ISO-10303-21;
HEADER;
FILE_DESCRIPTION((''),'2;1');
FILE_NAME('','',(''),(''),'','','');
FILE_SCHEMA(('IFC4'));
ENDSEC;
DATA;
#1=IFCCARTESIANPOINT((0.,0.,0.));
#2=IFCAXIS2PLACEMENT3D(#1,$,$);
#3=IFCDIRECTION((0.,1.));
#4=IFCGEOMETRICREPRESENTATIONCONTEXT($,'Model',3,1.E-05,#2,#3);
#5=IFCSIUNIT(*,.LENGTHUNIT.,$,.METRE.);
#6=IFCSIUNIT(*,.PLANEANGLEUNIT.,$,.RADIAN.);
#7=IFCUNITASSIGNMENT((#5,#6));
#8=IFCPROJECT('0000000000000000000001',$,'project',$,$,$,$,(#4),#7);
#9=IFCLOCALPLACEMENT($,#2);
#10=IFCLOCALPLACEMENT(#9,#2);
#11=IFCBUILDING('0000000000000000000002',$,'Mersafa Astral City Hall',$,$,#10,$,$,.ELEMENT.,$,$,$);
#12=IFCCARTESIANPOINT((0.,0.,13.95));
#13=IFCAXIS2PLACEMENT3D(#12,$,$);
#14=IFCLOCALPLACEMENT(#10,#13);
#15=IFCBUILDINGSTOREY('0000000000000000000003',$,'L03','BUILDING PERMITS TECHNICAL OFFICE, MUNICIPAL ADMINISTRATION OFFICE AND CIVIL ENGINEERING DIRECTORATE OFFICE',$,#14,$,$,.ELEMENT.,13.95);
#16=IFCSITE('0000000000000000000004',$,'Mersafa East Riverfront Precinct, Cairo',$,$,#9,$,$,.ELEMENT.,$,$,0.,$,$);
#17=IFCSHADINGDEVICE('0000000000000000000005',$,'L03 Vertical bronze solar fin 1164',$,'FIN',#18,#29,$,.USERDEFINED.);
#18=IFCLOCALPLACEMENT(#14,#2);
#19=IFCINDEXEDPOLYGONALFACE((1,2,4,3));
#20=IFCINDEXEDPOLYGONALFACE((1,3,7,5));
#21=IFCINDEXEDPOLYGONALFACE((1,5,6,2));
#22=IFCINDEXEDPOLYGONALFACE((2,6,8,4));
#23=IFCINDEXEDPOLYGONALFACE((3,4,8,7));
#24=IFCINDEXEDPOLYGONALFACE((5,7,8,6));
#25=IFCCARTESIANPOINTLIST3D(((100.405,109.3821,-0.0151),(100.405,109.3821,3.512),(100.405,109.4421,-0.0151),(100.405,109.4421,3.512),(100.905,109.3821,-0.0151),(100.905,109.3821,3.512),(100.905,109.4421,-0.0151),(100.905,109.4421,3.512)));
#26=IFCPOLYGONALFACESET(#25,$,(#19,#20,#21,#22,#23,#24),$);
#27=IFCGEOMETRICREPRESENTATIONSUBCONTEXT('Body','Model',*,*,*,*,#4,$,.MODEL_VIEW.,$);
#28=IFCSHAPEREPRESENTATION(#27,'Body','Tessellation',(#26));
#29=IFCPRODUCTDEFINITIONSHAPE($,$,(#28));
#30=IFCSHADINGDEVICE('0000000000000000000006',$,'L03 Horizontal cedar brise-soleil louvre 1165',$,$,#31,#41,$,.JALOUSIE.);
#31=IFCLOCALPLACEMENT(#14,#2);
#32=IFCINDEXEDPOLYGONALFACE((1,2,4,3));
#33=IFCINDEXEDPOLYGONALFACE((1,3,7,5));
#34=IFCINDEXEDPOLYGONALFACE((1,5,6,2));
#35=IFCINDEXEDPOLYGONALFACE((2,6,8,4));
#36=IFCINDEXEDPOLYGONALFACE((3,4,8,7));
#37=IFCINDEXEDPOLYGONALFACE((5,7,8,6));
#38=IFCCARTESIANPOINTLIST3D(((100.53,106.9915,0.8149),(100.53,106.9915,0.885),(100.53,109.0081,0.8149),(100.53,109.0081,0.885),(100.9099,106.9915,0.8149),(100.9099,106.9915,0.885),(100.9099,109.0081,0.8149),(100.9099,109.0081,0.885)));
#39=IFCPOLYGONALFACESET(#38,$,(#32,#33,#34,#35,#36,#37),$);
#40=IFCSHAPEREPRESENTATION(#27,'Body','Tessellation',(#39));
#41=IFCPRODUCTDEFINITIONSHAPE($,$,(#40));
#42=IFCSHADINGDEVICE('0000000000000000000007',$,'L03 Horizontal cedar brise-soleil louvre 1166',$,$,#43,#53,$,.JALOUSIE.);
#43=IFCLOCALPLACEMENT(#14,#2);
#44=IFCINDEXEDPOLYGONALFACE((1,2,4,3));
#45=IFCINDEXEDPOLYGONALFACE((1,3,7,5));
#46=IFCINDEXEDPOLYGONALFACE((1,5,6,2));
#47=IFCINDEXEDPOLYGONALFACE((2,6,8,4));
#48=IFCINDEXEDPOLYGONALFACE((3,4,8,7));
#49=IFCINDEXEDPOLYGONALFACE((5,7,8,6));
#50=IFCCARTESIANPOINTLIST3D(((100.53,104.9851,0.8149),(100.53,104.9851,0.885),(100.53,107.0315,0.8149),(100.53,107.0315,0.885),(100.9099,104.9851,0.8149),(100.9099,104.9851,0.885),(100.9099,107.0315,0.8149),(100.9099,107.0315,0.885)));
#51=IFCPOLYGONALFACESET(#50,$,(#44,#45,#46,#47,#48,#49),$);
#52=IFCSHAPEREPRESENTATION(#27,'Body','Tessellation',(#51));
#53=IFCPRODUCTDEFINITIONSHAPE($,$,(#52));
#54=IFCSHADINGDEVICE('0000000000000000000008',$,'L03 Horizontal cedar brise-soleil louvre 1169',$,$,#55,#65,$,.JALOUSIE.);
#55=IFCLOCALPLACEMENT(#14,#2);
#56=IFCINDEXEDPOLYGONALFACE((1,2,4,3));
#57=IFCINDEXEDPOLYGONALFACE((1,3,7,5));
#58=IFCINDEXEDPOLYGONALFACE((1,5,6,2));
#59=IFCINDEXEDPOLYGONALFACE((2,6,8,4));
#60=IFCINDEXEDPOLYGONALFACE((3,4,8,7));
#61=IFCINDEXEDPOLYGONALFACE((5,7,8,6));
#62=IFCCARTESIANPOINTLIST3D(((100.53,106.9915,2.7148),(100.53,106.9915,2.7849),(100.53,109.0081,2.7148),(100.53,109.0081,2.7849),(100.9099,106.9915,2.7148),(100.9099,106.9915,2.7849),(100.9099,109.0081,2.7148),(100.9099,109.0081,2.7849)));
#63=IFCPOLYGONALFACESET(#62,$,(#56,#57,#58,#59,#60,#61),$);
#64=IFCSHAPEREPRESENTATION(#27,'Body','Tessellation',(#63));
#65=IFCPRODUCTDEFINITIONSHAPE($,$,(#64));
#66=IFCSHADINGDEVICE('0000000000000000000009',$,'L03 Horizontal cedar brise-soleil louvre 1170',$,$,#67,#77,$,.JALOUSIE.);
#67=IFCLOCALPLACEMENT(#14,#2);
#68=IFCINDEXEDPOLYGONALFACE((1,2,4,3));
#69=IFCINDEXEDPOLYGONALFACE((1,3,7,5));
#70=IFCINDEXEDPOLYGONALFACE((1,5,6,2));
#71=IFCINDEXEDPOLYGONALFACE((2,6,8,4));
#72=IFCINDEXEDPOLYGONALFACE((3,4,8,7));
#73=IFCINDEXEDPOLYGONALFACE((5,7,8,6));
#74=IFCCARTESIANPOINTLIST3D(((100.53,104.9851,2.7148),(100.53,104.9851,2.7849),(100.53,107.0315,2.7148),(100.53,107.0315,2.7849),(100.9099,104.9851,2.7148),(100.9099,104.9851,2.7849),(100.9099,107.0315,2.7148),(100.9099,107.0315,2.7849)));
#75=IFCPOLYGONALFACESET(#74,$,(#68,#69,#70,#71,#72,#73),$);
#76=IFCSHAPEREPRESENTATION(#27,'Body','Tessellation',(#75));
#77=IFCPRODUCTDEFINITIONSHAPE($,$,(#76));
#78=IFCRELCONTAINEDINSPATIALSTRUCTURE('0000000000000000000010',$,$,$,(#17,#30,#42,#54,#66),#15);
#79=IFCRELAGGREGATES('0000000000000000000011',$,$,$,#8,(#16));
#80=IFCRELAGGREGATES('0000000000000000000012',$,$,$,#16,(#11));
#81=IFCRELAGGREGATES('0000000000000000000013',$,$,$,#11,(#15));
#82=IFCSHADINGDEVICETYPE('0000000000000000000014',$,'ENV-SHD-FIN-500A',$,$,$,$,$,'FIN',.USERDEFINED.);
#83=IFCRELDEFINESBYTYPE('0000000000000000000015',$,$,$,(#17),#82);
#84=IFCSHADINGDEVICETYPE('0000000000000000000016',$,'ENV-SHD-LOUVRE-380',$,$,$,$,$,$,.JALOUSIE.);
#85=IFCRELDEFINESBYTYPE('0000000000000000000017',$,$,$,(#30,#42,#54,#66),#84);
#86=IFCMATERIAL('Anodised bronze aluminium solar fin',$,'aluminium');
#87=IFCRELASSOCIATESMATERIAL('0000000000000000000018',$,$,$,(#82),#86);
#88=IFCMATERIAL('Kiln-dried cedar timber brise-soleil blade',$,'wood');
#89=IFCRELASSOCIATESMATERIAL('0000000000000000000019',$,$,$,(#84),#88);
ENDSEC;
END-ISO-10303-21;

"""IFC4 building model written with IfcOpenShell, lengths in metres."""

from ifc_helpers import new_model, si_unit, direction, frame, origin, origin_2d, place, context, subcontext, project, spatial, rectangle, extrude, material, type_object, element, save


model = new_model("IFC4")

# Units and contexts
model_context = context("Model", 3, precision=1e-05, world=origin(), true_north=direction((0.0, 1.0)))
body_context = subcontext(model_context, "Body", "Model", "MODEL_VIEW")
ifc_project = project(units=[si_unit("LENGTHUNIT", "METRE"), si_unit("PLANEANGLEUNIT", "RADIAN")], contexts=[model_context])

# Site, building, storey
site_placement = place(None, origin())
site = spatial("IfcSite", under=ifc_project, at=site_placement, Name="Mersafa East Riverfront Precinct, Cairo", CompositionType="ELEMENT", RefElevation=0.0)
building_placement = place(site_placement, origin())
building = spatial("IfcBuilding", under=site, at=building_placement, Name="Mersafa Astral City Hall", CompositionType="ELEMENT")
storey_placement = place(building_placement, frame((0.0, 0.0, 13.95)))
storey = spatial("IfcBuildingStorey", under=building, at=storey_placement, Name="L03", Description="BUILDING PERMITS TECHNICAL OFFICE, MUNICIPAL ADMINISTRATION OFFICE AND CIVIL ENGINEERING DIRECTORATE OFFICE", CompositionType="ELEMENT", Elevation=13.95)

# Shading devices
ifc_material_1 = material(Name="Anodised bronze aluminium solar fin", Category="aluminium")
shading_device_type_1 = type_object("IfcShadingDeviceType", Name="ENV-SHD-FIN-500A", ElementType="FIN", PredefinedType="USERDEFINED", material=ifc_material_1)
for number, where, z_axis, x_axis, name in (
    (1, (100.655, 109.4121, -0.0151), (0.0, 0.0, 1.0), (0.0, -1.0, 0.0), "L03 Vertical bronze solar fin 1164"),
):
    element("IfcShadingDevice", number, at=place(storey_placement, frame(where, z_axis=z_axis, x_axis=x_axis)), inside=storey, type_object=shading_device_type_1, Name=name, ObjectType="FIN", PredefinedType="USERDEFINED", context=body_context, shape_type="SweptSolid", body=[
        extrude(rectangle(XDim=0.0601, YDim=0.5, at=origin_2d()), origin(), (0.0, 0.0, 1.0), 3.5271),
    ])
ifc_material_2 = material(Name="Kiln-dried cedar timber brise-soleil blade", Category="wood")
shading_device_type_2 = type_object("IfcShadingDeviceType", Name="ENV-SHD-LOUVRE-380", PredefinedType="JALOUSIE", material=ifc_material_2)
shading_device_1_placement = place(storey_placement, frame((100.72, 107.9998, 0.8149), z_axis=(0.0, 0.0, 1.0), x_axis=(0.0, -1.0, 0.0)))
element("IfcShadingDevice", 2, at=shading_device_1_placement, inside=storey, type_object=shading_device_type_2, Name="L03 Horizontal cedar brise-soleil louvre 1165", PredefinedType="JALOUSIE", context=body_context, shape_type="SweptSolid", body=[
    extrude(rectangle(XDim=2.0166, YDim=0.3799, at=origin_2d()), origin(), (0.0, 0.0, 1.0), 0.0701),
])
shading_device_2_placement = place(storey_placement, frame((100.72, 106.0083, 0.8149), z_axis=(0.0, 0.0, 1.0), x_axis=(0.0, -1.0, 0.0)))
element("IfcShadingDevice", 3, at=shading_device_2_placement, inside=storey, type_object=shading_device_type_2, Name="L03 Horizontal cedar brise-soleil louvre 1166", PredefinedType="JALOUSIE", context=body_context, shape_type="SweptSolid", body=[
    extrude(rectangle(XDim=2.0464, YDim=0.3799, at=origin_2d()), origin(), (0.0, 0.0, 1.0), 0.0701),
])
shading_device_3_placement = place(storey_placement, frame((100.72, 107.9998, 2.7148), z_axis=(0.0, 0.0, 1.0), x_axis=(0.0, -1.0, 0.0)))
element("IfcShadingDevice", 4, at=shading_device_3_placement, inside=storey, type_object=shading_device_type_2, Name="L03 Horizontal cedar brise-soleil louvre 1169", PredefinedType="JALOUSIE", context=body_context, shape_type="SweptSolid", body=[
    extrude(rectangle(XDim=2.0166, YDim=0.3799, at=origin_2d()), origin(), (0.0, 0.0, 1.0), 0.0701),
])
shading_device_4_placement = place(storey_placement, frame((100.72, 106.0083, 2.7148), z_axis=(0.0, 0.0, 1.0), x_axis=(0.0, -1.0, 0.0)))
element("IfcShadingDevice", 5, at=shading_device_4_placement, inside=storey, type_object=shading_device_type_2, Name="L03 Horizontal cedar brise-soleil louvre 1170", PredefinedType="JALOUSIE", context=body_context, shape_type="SweptSolid", body=[
    extrude(rectangle(XDim=2.0464, YDim=0.3799, at=origin_2d()), origin(), (0.0, 0.0, 1.0), 0.0701),
])

save(model, "model.ifc")
